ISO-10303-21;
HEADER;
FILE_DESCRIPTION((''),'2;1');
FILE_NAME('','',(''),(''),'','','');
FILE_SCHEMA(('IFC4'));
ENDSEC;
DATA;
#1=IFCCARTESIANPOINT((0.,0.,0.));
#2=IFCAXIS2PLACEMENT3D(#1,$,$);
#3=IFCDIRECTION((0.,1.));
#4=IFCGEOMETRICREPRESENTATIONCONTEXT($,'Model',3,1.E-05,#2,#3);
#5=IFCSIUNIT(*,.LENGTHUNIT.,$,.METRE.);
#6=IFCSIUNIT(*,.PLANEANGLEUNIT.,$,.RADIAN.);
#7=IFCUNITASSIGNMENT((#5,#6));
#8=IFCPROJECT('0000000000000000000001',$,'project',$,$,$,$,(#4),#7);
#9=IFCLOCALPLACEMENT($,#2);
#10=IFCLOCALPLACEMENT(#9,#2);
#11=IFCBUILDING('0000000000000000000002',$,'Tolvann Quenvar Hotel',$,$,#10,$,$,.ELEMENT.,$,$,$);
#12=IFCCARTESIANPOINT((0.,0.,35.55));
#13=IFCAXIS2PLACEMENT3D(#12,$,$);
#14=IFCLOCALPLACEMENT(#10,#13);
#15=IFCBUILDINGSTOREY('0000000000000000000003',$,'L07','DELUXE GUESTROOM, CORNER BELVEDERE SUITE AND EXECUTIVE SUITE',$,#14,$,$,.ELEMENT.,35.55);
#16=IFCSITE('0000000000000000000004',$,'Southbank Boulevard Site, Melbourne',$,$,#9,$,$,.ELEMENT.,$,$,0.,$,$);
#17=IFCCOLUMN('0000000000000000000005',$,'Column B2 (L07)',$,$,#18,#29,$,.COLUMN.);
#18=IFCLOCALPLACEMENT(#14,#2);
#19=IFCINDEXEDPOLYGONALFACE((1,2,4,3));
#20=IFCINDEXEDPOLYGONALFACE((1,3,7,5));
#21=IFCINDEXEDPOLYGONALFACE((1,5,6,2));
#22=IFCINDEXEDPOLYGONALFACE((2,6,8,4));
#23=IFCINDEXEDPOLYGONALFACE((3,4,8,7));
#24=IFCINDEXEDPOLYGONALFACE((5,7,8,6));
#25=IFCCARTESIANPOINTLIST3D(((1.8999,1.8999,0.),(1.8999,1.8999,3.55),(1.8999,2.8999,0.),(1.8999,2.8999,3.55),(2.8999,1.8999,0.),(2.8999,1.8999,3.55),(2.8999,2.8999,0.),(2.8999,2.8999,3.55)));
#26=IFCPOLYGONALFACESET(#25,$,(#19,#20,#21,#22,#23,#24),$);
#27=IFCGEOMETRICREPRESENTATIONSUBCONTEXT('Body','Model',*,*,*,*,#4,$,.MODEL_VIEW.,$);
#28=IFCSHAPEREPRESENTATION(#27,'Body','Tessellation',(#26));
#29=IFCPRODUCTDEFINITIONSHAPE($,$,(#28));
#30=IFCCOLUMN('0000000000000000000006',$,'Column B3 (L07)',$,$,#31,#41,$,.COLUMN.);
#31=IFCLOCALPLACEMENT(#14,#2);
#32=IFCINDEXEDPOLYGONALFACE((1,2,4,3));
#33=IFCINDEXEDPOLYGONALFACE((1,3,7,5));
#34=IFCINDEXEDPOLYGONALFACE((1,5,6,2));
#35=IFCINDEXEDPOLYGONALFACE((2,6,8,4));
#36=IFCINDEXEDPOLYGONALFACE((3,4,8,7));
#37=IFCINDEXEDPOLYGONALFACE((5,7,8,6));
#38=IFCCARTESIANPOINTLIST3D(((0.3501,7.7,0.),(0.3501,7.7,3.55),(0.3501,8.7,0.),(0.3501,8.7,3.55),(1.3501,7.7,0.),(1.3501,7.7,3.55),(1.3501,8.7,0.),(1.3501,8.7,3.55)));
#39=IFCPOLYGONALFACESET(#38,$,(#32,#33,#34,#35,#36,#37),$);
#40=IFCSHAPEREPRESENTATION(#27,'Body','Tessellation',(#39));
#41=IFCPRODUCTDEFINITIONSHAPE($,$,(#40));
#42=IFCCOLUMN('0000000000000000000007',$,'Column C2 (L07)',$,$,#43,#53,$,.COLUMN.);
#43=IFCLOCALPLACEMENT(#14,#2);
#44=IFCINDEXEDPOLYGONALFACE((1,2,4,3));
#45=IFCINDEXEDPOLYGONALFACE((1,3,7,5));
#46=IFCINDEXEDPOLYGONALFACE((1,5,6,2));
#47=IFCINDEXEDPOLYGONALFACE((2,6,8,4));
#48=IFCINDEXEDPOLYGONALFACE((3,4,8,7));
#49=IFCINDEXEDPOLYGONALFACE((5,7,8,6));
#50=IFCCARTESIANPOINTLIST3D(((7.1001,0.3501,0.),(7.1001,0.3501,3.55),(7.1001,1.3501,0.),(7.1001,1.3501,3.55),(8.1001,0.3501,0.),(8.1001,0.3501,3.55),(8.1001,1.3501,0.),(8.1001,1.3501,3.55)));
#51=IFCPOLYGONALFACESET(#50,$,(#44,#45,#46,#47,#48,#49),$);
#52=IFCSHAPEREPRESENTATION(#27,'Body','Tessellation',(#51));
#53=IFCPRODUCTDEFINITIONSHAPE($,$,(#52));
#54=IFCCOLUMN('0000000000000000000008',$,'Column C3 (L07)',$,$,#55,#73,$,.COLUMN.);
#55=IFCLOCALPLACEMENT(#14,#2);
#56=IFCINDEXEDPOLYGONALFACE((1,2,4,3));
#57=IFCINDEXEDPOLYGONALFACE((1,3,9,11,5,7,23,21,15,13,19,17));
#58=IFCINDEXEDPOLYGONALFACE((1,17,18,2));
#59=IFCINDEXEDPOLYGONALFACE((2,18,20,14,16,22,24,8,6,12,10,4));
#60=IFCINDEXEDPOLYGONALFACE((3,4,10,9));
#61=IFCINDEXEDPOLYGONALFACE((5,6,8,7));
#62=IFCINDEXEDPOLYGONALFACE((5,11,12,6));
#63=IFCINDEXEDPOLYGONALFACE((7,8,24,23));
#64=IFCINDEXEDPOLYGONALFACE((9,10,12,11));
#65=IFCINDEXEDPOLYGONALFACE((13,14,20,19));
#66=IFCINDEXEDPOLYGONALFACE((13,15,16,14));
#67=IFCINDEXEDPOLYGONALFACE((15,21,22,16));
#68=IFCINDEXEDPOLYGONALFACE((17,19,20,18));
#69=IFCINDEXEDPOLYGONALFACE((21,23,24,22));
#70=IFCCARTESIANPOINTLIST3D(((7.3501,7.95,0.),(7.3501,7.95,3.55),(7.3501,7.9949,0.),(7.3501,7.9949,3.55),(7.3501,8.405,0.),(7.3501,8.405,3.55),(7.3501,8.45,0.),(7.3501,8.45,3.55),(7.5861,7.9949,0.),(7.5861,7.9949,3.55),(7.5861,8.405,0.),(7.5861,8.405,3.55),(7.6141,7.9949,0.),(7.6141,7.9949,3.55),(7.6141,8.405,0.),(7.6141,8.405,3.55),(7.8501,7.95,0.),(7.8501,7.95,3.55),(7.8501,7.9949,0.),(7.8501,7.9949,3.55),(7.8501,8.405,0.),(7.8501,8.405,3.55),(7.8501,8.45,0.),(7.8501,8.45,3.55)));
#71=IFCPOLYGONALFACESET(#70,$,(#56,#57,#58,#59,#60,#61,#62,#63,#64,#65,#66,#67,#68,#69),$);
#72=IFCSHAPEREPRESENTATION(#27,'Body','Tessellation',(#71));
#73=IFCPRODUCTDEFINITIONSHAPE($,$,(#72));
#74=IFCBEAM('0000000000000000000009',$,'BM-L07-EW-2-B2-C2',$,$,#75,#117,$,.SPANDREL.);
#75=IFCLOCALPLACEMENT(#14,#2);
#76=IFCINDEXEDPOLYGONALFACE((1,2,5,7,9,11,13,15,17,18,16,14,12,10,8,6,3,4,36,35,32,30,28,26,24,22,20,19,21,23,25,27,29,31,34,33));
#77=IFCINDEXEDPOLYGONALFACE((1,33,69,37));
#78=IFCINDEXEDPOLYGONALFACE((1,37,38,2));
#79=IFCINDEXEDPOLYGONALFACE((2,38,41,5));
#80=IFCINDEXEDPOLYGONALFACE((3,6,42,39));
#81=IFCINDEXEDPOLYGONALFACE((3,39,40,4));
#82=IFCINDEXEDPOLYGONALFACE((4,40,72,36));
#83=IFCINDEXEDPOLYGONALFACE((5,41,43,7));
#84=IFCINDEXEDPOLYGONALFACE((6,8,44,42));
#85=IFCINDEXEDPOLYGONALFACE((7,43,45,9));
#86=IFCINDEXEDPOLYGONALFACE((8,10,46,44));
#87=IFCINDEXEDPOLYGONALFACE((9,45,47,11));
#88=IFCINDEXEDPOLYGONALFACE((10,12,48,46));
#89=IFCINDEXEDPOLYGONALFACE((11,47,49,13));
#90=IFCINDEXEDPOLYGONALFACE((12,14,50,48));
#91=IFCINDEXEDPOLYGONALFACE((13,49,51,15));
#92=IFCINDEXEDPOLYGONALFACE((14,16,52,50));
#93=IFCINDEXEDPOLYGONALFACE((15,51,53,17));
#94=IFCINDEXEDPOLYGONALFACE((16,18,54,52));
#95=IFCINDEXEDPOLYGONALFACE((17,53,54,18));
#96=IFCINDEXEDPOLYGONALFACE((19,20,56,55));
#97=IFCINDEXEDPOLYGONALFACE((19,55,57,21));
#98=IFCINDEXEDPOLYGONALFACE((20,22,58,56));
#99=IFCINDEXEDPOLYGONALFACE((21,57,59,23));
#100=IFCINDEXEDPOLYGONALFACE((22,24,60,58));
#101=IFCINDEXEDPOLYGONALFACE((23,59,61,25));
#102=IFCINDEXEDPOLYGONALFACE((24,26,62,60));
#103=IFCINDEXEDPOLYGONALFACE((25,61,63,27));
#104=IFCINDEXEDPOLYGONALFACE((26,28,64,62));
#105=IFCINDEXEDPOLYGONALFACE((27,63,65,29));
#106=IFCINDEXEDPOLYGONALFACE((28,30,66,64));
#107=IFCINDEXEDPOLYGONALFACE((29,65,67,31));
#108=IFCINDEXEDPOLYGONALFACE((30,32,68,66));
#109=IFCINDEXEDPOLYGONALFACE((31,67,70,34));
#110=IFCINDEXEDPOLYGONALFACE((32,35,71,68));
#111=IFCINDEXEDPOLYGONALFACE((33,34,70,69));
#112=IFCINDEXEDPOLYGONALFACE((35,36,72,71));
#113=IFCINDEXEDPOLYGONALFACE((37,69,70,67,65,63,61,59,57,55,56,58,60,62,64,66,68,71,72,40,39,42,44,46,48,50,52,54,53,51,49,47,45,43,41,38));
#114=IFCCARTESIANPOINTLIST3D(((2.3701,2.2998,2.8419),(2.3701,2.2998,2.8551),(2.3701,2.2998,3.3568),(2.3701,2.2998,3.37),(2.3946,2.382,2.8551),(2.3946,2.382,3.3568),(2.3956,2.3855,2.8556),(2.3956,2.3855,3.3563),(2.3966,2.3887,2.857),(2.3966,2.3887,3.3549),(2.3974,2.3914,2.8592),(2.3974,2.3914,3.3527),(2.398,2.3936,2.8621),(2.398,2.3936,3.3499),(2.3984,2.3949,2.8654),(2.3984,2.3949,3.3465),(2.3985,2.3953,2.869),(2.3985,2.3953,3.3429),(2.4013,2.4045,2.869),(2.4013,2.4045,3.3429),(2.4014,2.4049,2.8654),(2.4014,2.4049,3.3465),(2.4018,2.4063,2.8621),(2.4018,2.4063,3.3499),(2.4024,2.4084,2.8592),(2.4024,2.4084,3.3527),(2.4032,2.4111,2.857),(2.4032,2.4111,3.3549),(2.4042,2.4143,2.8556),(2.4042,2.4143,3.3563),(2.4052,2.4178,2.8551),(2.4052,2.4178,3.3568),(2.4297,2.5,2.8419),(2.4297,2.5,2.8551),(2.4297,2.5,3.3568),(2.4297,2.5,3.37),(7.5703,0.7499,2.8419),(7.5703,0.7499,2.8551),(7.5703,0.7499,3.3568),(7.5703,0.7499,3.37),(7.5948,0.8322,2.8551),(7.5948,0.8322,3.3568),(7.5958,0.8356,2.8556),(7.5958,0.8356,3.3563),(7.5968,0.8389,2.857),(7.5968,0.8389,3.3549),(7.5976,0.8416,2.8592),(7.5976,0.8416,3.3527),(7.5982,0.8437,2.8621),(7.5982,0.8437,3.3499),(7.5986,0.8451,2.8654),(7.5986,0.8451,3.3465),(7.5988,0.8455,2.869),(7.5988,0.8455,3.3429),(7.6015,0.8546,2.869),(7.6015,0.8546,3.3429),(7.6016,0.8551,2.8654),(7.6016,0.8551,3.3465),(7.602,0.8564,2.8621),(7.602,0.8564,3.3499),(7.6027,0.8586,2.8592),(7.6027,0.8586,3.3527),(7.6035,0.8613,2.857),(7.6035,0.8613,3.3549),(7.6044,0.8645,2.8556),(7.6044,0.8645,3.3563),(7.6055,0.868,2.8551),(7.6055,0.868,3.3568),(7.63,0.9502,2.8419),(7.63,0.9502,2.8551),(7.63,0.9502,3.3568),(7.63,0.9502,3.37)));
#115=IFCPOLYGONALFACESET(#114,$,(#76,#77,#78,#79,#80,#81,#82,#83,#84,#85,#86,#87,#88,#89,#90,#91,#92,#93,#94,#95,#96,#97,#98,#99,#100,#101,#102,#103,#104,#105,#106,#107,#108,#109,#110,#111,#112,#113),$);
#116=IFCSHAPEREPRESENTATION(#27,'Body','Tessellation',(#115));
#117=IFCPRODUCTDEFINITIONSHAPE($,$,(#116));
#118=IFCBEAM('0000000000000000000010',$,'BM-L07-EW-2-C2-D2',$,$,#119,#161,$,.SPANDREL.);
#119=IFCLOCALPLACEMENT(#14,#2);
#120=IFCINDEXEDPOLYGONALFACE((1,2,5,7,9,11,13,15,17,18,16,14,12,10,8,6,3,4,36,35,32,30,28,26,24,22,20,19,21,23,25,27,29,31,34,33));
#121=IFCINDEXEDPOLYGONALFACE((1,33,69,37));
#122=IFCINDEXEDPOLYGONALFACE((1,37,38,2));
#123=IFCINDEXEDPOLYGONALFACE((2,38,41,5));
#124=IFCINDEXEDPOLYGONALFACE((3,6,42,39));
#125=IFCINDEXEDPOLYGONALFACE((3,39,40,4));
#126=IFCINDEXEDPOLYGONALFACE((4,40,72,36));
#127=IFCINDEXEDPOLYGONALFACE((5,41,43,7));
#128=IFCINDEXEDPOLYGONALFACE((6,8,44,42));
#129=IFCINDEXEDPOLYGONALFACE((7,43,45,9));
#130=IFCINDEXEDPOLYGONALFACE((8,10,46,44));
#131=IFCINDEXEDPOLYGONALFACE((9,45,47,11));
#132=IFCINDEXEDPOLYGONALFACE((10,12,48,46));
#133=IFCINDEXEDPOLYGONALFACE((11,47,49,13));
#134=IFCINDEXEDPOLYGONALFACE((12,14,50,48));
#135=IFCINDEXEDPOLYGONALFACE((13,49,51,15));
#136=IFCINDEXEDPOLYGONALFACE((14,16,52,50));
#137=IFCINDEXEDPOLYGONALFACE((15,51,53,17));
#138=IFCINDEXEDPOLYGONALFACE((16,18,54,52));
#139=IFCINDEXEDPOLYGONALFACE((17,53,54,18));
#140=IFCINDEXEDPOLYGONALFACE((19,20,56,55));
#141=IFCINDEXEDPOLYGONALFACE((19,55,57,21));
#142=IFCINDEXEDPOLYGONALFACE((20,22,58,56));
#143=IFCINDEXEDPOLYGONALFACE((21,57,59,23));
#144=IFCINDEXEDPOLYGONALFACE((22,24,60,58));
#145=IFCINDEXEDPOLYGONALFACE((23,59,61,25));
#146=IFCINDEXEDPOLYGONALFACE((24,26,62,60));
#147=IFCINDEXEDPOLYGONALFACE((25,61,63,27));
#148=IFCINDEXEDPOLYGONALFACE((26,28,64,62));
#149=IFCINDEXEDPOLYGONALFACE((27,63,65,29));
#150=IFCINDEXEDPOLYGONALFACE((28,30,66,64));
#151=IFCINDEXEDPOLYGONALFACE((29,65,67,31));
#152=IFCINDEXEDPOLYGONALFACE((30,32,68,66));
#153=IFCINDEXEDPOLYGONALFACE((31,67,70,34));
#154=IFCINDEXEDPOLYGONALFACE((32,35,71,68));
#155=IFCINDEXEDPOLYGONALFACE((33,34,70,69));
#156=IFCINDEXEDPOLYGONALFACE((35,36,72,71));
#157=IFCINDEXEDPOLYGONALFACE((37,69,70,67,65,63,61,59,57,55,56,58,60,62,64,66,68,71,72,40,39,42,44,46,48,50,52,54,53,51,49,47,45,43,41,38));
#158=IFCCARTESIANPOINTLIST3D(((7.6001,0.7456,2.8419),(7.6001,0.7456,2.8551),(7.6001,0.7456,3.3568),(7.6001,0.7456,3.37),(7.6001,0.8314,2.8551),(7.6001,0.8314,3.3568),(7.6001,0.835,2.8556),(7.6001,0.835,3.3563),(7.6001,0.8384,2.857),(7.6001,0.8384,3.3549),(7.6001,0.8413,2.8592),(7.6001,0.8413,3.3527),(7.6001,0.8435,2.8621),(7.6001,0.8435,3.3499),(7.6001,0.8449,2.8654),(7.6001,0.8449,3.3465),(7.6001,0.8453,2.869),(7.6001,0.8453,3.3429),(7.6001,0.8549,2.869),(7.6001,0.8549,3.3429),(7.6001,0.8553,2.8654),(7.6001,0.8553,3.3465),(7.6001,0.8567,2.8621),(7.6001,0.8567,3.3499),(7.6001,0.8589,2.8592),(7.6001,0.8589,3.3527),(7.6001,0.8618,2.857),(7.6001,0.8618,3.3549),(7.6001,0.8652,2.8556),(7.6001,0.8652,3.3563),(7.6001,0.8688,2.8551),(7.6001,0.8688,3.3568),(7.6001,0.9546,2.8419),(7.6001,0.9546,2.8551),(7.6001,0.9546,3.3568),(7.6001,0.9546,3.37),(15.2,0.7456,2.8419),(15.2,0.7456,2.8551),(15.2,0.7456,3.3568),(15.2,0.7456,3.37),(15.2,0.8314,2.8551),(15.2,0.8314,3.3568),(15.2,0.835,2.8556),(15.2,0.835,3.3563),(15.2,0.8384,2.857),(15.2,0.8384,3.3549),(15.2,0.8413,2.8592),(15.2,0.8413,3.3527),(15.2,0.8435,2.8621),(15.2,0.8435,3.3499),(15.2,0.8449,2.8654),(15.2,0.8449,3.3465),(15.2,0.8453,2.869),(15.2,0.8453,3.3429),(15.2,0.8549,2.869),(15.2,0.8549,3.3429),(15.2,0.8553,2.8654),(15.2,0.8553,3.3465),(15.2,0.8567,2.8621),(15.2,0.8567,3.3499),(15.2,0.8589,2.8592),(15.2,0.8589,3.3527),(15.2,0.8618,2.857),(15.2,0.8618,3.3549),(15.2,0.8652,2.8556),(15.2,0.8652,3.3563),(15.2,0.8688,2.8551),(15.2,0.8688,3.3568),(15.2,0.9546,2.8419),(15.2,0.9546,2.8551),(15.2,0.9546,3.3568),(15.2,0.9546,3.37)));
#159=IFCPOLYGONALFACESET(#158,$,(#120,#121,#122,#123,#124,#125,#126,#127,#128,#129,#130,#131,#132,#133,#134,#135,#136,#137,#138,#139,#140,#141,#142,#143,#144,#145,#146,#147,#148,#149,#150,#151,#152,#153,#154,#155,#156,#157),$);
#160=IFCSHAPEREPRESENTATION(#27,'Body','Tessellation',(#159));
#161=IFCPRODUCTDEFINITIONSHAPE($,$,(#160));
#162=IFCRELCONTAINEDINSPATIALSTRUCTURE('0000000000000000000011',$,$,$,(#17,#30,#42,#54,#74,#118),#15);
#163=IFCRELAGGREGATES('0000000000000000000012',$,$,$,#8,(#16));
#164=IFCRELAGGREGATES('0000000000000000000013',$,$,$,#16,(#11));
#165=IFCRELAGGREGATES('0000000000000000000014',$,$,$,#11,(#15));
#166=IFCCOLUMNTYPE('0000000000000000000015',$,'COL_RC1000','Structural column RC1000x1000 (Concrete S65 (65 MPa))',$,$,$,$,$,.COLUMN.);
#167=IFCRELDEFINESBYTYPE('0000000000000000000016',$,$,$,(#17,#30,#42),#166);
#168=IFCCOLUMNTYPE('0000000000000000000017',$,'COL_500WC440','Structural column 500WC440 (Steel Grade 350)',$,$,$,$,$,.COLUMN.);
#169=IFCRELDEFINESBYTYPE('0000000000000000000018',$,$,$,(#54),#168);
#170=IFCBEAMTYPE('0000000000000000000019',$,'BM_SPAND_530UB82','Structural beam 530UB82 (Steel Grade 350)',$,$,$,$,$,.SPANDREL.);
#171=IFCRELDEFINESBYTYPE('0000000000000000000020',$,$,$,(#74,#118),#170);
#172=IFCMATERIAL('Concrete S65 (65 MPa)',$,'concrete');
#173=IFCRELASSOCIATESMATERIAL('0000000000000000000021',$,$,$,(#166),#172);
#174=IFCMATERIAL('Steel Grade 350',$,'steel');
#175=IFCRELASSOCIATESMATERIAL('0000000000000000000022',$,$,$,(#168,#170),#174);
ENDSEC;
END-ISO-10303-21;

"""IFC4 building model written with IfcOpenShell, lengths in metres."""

from ifc_helpers import new_model, si_unit, direction, frame, origin, origin_2d, place, context, subcontext, project, spatial, rectangle, i_section, extrude, source, transform, mapped, material, material_profile, profile_set, type_object, type_shapes, element, save


model = new_model("IFC4")

# Units and contexts
model_context = context("Model", 3, precision=1e-05, world=origin(), true_north=direction((0.0, 1.0)))
body_context = subcontext(model_context, "Body", "Model", "MODEL_VIEW")
ifc_project = project(units=[si_unit("LENGTHUNIT", "METRE"), si_unit("PLANEANGLEUNIT", "RADIAN")], contexts=[model_context])

# Site, building, storey
site_placement = place(None, origin())
site = spatial("IfcSite", under=ifc_project, at=site_placement, Name="Southbank Boulevard Site, Melbourne", CompositionType="ELEMENT", RefElevation=0.0)
building_placement = place(site_placement, origin())
building = spatial("IfcBuilding", under=site, at=building_placement, Name="Tolvann Quenvar Hotel", CompositionType="ELEMENT")
storey_placement = place(building_placement, frame((0.0, 0.0, 35.55)))
storey = spatial("IfcBuildingStorey", under=building, at=storey_placement, Name="L07", Description="DELUXE GUESTROOM, CORNER BELVEDERE SUITE AND EXECUTIVE SUITE", CompositionType="ELEMENT", Elevation=35.55)

# Columns
ifc_material_1 = material(Name="Concrete S65 (65 MPa)", Category="concrete")
ifc_material_profile_1 = material_profile(ifc_material_1, rectangle(XDim=1.0, YDim=1.0, at=origin_2d()), Name="RC1000x1000")
ifc_profile_set_1 = profile_set([ifc_material_profile_1], Name="Concrete S65 (65 MPa)")
column_type_1 = type_object("IfcColumnType", Name="COL_RC1000", Description="Structural column RC1000x1000 (Concrete S65 (65 MPa))", PredefinedType="COLUMN", material=ifc_profile_set_1)
shared_shape_1 = source(origin(), body_context, "Body", "SweptSolid", [
    extrude(rectangle(XDim=1.0, YDim=1.0, at=origin_2d()), origin(), (0.0, 0.0, 1.0), 3.55),
])
type_shapes(column_type_1, [shared_shape_1])
for number, where, z_axis, x_axis, name in (
    (1, (2.3999, 2.3999, 0.0), (0.0, 0.0, 1.0), (1.0, 0.0, 0.0), "Column B2 (L07)"),
    (2, (0.8501, 8.2, 0.0), (0.0, 0.0, 1.0), (1.0, 0.0, 0.0), "Column B3 (L07)"),
    (3, (7.6001, 0.8501, 0.0), (0.0, 0.0, 1.0), (1.0, 0.0, 0.0), "Column C2 (L07)"),
):
    element("IfcColumn", number, at=place(storey_placement, frame(where, z_axis=z_axis, x_axis=x_axis)), inside=storey, type_object=column_type_1, Name=name, PredefinedType="COLUMN", context=body_context, shape_type="MappedRepresentation", body=[
        mapped(shared_shape_1, transform((0.0, 0.0, 0.0), x_axis=(1.0, 0.0, 0.0), y_axis=(0.0, 1.0, 0.0), z_axis=(0.0, 0.0, 1.0), scale=1.0)),
    ])
ifc_material_2 = material(Name="Steel Grade 350", Category="steel")
ifc_material_profile_2 = material_profile(ifc_material_2, i_section(OverallWidth=0.5, OverallDepth=0.5, WebThickness=0.0281, FlangeThickness=0.0449, at=origin_2d()), Name="500WC440")
ifc_profile_set_2 = profile_set([ifc_material_profile_2], Name="Steel Grade 350")
column_type_2 = type_object("IfcColumnType", Name="COL_500WC440", Description="Structural column 500WC440 (Steel Grade 350)", PredefinedType="COLUMN", material=ifc_profile_set_2)
shared_shape_2 = source(origin(), body_context, "Body", "SweptSolid", [
    extrude(i_section(OverallWidth=0.5, OverallDepth=0.5, WebThickness=0.0281, FlangeThickness=0.0449, at=origin_2d()), origin(), (0.0, 0.0, 1.0), 3.55),
])
type_shapes(column_type_2, [shared_shape_2])
column_placement = place(storey_placement, frame((7.6001, 8.2, 0.0), z_axis=(0.0, 0.0, 1.0), x_axis=(1.0, 0.0, 0.0)))
element("IfcColumn", 4, at=column_placement, inside=storey, type_object=column_type_2, Name="Column C3 (L07)", PredefinedType="COLUMN", context=body_context, shape_type="MappedRepresentation", body=[
    mapped(shared_shape_2, transform((0.0, 0.0, 0.0), x_axis=(1.0, 0.0, 0.0), y_axis=(0.0, 1.0, 0.0), z_axis=(0.0, 0.0, 1.0), scale=1.0)),
])

# Beams
ifc_material_profile_3 = material_profile(ifc_material_2, i_section(OverallWidth=0.209, OverallDepth=0.5281, WebThickness=0.0095, FlangeThickness=0.0132, FilletRadius=0.0139, at=origin_2d()), Name="530UB82")
ifc_profile_set_3 = profile_set([ifc_material_profile_3], Name="Steel Grade 350")
beam_type_1 = type_object("IfcBeamType", Name="BM_SPAND_530UB82", Description="Structural beam 530UB82 (Steel Grade 350)", PredefinedType="SPANDREL", material=ifc_profile_set_3)
shared_shape_3 = source(origin(), body_context, "Body", "SweptSolid", [
    extrude(i_section(OverallWidth=0.209, OverallDepth=0.5281, WebThickness=0.0095, FlangeThickness=0.0132, FilletRadius=0.0139, at=origin_2d()), origin(), (0.0, 0.0, 1.0), 5.4263),
])
beam_1_placement = place(storey_placement, frame((2.3999, 2.3999, 3.106), z_axis=(0.958345, -0.285614, 0.0), x_axis=(0.285614, 0.958345, 0.0)))
element("IfcBeam", 5, at=beam_1_placement, inside=storey, type_object=beam_type_1, Name="BM-L07-EW-2-B2-C2", PredefinedType="SPANDREL", context=body_context, shape_type="MappedRepresentation", body=[
    mapped(shared_shape_3, transform((0.0, 0.0, 0.0), x_axis=(1.0, 0.0, 0.0), y_axis=(0.0, 1.0, 0.0), z_axis=(0.0, 0.0, 1.0), scale=1.0)),
])
shared_shape_4 = source(origin(), body_context, "Body", "SweptSolid", [
    extrude(i_section(OverallWidth=0.209, OverallDepth=0.5281, WebThickness=0.0095, FlangeThickness=0.0132, FilletRadius=0.0139, at=origin_2d()), origin(), (0.0, 0.0, 1.0), 7.5999),
])
beam_2_placement = place(storey_placement, frame((7.6001, 0.8501, 3.106), z_axis=(1.0, 0.0, 0.0), x_axis=(0.0, 1.0, 0.0)))
element("IfcBeam", 6, at=beam_2_placement, inside=storey, type_object=beam_type_1, Name="BM-L07-EW-2-C2-D2", PredefinedType="SPANDREL", context=body_context, shape_type="MappedRepresentation", body=[
    mapped(shared_shape_4, transform((0.0, 0.0, 0.0), x_axis=(1.0, 0.0, 0.0), y_axis=(0.0, 1.0, 0.0), z_axis=(0.0, 0.0, 1.0), scale=1.0)),
])

save(model, "model.ifc")
